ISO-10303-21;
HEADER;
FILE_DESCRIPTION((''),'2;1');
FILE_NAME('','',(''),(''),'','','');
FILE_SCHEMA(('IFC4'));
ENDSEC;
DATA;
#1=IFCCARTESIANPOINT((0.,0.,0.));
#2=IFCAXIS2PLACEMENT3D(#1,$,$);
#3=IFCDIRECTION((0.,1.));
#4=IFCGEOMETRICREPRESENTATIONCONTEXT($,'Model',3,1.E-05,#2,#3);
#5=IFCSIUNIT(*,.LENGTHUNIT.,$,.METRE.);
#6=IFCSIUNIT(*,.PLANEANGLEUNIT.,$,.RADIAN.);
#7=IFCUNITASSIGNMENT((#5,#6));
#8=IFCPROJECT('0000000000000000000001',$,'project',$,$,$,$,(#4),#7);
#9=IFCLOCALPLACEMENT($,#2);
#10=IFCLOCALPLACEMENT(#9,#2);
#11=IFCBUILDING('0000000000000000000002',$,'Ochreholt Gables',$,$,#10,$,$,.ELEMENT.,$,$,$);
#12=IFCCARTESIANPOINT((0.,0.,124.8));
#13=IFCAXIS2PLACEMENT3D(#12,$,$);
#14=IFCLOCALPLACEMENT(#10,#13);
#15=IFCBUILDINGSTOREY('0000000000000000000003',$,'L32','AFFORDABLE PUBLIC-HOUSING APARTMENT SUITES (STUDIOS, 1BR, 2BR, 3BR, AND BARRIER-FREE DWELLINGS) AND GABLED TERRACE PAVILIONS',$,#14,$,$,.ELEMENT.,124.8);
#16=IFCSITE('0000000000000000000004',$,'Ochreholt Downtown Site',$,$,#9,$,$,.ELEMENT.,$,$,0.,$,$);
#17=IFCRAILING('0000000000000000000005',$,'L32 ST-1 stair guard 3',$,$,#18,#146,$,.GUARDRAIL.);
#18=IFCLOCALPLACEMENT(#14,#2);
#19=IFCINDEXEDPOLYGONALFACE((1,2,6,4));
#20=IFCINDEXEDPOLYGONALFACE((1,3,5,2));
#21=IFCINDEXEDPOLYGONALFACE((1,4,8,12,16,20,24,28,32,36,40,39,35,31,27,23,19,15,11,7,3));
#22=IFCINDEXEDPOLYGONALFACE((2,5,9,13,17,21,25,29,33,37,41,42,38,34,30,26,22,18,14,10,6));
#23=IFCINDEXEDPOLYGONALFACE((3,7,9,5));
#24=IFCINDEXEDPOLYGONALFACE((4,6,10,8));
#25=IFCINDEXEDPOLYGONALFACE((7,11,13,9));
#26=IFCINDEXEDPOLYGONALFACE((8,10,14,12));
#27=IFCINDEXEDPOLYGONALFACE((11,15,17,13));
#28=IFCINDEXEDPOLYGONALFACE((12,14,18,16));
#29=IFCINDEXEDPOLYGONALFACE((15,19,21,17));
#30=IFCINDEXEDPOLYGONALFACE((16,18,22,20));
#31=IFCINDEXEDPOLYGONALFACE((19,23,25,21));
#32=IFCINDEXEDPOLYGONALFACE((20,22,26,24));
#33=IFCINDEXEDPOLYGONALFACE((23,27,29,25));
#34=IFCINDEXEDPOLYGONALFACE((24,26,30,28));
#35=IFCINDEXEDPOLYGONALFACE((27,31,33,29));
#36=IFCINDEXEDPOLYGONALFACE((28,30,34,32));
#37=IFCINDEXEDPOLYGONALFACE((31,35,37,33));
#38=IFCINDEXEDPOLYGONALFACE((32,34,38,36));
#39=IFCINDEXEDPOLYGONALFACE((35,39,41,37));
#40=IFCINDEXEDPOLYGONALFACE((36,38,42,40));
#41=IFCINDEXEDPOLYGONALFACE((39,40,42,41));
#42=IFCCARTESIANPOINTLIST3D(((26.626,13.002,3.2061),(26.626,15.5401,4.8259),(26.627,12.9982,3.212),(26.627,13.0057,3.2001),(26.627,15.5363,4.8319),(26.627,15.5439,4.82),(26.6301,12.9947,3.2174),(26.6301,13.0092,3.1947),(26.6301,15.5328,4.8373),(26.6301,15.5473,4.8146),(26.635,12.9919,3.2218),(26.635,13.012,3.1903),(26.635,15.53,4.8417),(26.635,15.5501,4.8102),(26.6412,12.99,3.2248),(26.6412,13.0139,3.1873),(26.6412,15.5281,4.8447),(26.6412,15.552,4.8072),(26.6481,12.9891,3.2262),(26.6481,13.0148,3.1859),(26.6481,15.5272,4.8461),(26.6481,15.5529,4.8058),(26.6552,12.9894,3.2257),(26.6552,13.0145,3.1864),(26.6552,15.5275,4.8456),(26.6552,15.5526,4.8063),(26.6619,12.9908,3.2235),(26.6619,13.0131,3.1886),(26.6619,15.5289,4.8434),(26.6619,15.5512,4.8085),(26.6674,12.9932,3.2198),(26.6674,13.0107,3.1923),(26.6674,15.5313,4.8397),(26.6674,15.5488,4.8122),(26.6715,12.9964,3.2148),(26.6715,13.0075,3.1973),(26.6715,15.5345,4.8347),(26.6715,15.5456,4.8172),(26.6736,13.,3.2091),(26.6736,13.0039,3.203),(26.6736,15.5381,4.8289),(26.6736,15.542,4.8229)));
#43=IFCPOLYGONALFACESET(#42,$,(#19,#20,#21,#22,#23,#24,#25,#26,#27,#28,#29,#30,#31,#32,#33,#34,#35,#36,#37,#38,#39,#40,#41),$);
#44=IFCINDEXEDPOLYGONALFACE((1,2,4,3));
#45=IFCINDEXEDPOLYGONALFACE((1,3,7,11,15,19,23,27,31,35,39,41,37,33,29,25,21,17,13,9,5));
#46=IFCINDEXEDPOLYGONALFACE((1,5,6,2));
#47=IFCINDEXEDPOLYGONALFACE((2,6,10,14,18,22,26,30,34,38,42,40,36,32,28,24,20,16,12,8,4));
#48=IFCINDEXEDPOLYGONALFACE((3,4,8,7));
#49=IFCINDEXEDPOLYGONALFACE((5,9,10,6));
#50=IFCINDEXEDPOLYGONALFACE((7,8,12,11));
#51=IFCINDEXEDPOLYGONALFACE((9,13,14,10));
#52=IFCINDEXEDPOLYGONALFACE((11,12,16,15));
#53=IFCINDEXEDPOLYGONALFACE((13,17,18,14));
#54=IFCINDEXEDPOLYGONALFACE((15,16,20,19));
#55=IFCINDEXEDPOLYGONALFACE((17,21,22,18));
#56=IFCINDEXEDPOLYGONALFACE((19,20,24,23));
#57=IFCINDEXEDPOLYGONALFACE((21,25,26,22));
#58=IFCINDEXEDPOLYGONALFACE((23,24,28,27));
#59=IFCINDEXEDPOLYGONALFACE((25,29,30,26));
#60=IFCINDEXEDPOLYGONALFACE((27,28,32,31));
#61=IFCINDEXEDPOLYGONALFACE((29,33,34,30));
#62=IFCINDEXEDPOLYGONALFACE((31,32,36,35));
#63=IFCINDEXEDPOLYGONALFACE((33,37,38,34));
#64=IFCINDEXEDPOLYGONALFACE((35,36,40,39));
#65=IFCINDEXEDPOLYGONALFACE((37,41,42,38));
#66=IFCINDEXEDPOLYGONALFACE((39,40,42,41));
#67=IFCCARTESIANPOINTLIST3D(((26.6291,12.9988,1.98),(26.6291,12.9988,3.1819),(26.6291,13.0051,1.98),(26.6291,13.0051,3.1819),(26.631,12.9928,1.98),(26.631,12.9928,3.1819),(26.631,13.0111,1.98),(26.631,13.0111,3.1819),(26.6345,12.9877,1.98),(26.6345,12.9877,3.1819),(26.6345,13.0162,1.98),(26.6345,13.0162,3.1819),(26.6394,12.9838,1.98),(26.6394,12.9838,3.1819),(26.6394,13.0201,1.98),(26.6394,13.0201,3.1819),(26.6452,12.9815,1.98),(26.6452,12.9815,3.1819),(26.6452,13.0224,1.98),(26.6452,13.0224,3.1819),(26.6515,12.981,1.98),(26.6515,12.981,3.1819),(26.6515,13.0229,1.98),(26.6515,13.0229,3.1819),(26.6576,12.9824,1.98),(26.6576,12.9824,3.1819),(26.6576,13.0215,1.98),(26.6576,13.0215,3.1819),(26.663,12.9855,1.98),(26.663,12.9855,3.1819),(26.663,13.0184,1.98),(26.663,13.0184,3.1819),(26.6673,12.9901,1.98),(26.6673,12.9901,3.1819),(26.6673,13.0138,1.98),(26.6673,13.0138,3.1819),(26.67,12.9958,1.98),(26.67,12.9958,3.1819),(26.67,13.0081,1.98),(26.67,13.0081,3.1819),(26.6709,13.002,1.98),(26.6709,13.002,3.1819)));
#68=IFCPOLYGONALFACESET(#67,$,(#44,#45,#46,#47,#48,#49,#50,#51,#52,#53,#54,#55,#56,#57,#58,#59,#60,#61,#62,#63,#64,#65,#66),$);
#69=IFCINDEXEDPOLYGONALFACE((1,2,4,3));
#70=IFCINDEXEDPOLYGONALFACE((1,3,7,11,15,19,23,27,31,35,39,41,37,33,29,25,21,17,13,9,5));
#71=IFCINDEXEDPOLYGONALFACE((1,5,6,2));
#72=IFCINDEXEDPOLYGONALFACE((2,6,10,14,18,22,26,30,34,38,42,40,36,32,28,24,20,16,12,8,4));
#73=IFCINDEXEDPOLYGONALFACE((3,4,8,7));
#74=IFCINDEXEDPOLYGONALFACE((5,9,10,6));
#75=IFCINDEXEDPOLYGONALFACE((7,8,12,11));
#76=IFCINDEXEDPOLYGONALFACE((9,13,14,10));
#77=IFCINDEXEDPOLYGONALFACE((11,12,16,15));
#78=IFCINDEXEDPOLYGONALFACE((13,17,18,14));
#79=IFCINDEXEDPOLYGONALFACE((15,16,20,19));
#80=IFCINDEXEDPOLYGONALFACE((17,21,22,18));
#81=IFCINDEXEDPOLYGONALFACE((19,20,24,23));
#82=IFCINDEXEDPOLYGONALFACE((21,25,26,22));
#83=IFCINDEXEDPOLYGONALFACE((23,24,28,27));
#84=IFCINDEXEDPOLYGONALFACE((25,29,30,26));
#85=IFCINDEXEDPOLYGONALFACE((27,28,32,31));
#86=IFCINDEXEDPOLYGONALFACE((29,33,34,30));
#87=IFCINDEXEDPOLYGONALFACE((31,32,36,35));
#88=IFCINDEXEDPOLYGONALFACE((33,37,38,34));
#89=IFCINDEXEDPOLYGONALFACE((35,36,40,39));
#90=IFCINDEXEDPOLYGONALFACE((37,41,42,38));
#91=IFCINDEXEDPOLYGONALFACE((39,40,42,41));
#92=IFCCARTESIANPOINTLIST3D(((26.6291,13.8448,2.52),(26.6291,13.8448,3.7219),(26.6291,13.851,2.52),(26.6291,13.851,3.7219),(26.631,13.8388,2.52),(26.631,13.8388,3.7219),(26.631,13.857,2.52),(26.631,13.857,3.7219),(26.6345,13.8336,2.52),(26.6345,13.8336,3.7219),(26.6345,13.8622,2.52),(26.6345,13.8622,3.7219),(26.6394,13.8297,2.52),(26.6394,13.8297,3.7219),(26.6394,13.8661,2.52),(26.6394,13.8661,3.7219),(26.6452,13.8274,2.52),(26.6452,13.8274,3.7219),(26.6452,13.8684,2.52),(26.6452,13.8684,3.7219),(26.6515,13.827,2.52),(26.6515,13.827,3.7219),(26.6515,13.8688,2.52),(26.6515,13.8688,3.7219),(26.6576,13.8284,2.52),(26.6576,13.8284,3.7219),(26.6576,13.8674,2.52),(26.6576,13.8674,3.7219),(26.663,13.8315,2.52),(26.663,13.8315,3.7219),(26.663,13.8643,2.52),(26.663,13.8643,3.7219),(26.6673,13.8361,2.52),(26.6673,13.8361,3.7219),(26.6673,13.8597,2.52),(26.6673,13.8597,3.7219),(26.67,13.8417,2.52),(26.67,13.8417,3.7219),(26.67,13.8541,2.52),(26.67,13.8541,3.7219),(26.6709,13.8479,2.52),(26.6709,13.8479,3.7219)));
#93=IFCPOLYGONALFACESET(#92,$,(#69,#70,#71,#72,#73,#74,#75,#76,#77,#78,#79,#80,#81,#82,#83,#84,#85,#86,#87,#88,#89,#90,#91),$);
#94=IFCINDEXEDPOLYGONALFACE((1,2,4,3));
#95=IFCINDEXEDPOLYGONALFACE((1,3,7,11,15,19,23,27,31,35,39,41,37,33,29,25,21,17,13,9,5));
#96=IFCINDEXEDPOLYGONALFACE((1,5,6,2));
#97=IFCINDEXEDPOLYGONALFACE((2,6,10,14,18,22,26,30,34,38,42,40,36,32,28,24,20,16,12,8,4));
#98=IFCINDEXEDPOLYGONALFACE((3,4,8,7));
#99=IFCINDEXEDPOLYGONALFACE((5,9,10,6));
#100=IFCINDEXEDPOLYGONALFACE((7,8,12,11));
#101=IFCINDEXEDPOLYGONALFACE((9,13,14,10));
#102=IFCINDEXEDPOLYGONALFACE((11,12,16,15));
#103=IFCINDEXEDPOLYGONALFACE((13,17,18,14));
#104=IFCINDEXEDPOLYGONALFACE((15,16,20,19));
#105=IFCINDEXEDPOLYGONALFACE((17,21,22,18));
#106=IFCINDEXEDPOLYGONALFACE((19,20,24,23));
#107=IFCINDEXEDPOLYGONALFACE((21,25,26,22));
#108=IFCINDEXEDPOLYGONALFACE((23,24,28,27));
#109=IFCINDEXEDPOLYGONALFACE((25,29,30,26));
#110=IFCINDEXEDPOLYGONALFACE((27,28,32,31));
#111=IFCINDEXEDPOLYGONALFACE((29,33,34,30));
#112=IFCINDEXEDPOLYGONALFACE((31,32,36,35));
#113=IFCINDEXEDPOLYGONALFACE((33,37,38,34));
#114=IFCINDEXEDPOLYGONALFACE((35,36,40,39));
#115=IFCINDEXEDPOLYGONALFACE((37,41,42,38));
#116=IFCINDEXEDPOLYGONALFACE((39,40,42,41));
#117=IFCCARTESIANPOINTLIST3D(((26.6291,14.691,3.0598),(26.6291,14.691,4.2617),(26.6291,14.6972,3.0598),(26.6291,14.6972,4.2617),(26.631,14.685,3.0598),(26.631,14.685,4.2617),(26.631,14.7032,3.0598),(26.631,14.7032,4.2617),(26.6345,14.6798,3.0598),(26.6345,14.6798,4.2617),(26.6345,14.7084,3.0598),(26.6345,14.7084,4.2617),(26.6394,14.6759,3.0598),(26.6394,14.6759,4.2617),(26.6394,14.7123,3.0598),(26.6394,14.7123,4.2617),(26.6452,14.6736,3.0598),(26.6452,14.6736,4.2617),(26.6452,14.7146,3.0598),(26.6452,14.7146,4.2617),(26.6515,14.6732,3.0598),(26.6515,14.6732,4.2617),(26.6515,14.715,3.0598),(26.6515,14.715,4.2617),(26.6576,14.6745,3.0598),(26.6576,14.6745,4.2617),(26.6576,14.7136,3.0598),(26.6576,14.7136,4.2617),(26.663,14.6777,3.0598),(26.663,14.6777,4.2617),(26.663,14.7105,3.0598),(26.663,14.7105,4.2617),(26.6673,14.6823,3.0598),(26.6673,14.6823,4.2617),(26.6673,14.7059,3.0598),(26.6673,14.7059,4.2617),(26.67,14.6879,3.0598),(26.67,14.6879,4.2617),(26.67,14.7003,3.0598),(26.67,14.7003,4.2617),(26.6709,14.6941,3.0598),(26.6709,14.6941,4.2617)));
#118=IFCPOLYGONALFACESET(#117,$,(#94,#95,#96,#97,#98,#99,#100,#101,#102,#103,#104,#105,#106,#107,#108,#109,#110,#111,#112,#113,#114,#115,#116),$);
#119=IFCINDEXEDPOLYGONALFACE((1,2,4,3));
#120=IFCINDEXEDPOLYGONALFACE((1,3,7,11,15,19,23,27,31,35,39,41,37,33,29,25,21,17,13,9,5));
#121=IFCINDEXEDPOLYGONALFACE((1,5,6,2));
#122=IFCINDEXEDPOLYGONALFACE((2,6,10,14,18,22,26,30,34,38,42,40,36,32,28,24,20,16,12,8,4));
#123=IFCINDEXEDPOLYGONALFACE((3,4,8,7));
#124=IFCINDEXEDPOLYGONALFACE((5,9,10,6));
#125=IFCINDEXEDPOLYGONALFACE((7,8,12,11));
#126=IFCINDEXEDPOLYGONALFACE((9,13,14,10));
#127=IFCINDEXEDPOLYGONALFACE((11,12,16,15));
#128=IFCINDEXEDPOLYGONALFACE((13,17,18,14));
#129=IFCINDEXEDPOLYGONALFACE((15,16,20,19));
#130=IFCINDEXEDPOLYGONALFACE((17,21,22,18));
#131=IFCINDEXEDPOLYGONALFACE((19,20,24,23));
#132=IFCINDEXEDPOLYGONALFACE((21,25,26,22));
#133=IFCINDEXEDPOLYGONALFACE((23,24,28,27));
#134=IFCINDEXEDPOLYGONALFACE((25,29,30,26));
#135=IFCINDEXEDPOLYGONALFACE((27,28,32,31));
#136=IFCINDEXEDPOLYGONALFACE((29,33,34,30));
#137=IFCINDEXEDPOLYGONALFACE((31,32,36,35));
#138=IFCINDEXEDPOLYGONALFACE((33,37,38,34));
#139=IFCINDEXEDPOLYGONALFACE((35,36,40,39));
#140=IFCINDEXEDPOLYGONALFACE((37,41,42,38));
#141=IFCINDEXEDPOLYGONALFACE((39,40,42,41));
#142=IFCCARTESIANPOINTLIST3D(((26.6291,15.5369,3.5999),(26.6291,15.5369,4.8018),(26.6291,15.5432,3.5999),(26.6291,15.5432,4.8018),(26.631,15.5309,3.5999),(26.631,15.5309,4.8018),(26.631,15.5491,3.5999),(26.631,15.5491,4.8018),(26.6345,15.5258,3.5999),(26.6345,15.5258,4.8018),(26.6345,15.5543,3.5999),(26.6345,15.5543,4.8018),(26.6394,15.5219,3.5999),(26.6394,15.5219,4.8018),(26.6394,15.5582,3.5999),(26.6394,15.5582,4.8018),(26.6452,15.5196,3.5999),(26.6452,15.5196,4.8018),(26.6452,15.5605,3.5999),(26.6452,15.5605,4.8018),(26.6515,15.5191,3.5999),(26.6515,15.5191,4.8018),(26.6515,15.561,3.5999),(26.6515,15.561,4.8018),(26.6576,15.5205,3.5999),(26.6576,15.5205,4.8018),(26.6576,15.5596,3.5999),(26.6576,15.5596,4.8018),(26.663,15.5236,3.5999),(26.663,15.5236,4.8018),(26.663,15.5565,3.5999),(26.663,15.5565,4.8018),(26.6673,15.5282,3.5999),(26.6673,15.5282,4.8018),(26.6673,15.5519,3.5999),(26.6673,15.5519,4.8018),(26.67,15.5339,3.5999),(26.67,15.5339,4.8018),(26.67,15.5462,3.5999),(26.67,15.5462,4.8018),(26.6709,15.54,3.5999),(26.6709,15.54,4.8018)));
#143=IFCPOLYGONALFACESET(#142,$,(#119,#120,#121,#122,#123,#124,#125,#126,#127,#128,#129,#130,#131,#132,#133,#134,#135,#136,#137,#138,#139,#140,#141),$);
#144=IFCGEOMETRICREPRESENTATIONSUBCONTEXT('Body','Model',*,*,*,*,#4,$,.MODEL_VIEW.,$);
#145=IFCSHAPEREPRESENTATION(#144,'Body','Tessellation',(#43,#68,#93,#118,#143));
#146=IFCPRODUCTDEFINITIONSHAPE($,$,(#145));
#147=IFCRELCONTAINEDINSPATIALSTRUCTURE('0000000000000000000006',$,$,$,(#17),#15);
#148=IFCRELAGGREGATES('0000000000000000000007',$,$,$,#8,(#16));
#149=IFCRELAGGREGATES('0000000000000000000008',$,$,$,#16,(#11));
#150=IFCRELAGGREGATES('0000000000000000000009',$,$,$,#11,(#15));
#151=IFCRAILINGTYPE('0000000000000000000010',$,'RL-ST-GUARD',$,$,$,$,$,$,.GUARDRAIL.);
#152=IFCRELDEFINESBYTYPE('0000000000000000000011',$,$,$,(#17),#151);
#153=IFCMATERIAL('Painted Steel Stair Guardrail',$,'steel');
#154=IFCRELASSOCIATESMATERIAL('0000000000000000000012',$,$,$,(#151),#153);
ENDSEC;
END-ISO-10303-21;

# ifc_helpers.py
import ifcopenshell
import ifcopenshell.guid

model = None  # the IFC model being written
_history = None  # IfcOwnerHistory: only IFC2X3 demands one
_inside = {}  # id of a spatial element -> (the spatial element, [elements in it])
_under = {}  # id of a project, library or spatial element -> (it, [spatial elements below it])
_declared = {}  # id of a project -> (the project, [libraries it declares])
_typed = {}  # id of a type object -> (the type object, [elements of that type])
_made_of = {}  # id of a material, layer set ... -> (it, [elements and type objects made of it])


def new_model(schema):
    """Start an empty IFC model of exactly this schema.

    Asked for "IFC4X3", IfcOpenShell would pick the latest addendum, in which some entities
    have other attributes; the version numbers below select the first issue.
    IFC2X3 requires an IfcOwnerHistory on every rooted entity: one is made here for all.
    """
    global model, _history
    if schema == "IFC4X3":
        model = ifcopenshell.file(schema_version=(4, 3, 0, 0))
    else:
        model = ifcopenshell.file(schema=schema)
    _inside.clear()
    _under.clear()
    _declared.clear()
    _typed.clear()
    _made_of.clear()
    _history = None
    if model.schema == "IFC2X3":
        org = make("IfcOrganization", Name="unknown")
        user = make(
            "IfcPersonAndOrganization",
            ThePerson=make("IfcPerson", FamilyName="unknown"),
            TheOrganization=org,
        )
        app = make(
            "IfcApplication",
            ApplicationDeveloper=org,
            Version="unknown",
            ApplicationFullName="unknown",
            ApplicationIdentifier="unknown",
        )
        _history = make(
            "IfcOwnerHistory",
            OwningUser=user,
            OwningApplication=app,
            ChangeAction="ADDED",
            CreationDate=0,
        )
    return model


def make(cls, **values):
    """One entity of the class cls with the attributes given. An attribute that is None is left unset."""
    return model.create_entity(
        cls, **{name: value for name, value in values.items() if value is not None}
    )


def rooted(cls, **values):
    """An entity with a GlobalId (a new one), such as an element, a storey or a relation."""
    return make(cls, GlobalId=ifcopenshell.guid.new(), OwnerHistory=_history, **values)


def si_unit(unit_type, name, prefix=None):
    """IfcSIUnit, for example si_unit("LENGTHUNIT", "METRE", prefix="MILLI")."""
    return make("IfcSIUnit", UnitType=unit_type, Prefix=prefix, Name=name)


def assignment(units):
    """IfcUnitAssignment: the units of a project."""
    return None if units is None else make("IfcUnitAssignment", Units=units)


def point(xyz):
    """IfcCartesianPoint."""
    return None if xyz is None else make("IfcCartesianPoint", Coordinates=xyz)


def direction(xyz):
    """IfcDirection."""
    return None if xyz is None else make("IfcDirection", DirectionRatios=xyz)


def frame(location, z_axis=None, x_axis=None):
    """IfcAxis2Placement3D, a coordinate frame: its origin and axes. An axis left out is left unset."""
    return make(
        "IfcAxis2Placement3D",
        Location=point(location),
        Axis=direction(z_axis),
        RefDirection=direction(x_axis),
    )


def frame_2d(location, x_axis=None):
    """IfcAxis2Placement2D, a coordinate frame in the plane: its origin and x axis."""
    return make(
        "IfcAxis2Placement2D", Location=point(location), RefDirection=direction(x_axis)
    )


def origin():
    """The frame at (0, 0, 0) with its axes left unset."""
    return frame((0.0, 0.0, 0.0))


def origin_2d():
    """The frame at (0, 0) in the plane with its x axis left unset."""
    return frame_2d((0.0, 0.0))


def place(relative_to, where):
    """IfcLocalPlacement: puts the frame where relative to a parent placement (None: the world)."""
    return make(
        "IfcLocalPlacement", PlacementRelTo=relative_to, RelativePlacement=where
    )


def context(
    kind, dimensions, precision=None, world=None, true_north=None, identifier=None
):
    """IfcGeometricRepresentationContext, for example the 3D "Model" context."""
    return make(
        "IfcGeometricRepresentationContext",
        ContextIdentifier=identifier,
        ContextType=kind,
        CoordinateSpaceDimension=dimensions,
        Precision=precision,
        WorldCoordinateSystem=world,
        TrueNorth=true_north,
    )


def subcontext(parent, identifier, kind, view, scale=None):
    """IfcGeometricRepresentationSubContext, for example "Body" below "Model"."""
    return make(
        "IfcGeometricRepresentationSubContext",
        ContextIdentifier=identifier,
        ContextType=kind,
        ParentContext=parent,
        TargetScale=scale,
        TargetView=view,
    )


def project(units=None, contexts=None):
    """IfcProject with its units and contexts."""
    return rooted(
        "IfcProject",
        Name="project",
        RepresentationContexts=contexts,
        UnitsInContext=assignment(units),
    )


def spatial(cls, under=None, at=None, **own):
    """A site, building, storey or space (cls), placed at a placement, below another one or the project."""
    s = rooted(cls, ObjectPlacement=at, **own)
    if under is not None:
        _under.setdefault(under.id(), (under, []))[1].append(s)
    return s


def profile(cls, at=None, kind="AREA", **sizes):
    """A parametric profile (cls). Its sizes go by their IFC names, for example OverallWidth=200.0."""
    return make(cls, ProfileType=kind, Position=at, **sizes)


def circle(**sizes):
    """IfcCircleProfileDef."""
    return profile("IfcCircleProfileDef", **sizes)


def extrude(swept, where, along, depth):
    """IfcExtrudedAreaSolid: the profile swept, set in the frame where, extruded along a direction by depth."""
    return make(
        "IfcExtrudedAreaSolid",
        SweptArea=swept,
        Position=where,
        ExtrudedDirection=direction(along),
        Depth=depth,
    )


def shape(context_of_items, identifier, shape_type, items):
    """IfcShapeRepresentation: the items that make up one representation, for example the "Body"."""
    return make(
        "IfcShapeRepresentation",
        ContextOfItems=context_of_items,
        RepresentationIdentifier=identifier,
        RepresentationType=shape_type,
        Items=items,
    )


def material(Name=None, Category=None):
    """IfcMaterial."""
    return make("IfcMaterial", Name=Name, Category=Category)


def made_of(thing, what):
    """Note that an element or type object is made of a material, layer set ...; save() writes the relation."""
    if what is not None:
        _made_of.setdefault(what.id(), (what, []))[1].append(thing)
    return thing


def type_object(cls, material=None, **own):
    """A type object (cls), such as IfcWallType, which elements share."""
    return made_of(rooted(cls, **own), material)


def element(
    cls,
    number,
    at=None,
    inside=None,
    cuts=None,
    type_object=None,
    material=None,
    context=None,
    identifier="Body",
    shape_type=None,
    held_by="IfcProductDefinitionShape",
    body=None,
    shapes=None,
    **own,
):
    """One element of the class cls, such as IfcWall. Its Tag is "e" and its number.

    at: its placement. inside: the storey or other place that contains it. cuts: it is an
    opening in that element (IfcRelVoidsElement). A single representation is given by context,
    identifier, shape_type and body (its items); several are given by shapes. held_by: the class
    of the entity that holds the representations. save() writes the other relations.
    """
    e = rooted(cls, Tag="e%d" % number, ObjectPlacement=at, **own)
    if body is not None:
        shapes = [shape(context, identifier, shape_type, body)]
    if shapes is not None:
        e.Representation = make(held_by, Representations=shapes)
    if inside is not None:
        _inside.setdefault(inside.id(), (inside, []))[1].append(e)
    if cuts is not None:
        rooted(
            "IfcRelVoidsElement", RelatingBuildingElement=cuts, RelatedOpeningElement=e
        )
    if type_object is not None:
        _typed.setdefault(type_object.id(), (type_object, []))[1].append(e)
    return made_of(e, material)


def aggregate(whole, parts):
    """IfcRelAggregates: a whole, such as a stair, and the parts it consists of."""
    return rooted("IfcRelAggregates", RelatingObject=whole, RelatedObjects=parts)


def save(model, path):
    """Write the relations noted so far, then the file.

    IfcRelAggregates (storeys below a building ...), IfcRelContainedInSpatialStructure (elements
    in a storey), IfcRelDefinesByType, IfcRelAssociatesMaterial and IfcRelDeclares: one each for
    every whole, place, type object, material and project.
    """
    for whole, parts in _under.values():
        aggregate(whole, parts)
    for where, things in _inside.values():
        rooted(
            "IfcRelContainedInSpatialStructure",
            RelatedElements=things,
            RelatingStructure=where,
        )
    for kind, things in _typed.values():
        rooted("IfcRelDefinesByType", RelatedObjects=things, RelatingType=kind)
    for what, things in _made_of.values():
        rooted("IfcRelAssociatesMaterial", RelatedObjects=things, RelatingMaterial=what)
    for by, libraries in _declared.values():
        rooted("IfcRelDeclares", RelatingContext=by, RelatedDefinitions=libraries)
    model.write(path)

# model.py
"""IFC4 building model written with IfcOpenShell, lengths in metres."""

from ifc_helpers import new_model, si_unit, direction, frame, origin, origin_2d, place, context, subcontext, project, spatial, circle, extrude, material, type_object, element, save


model = new_model("IFC4")

# Units and contexts
model_context = context("Model", 3, precision=1e-05, world=origin(), true_north=direction((0.0, 1.0)))
body_context = subcontext(model_context, "Body", "Model", "MODEL_VIEW")
ifc_project = project(units=[si_unit("LENGTHUNIT", "METRE"), si_unit("PLANEANGLEUNIT", "RADIAN")], contexts=[model_context])

# Site, building, storey
site_placement = place(None, origin())
site = spatial("IfcSite", under=ifc_project, at=site_placement, Name="Ochreholt Downtown Site", CompositionType="ELEMENT", RefElevation=0.0)
building_placement = place(site_placement, origin())
building = spatial("IfcBuilding", under=site, at=building_placement, Name="Ochreholt Gables", CompositionType="ELEMENT")
storey_placement = place(building_placement, frame((0.0, 0.0, 124.8)))
storey = spatial("IfcBuildingStorey", under=building, at=storey_placement, Name="L32", Description="AFFORDABLE PUBLIC-HOUSING APARTMENT SUITES (STUDIOS, 1BR, 2BR, 3BR, AND BARRIER-FREE DWELLINGS) AND GABLED TERRACE PAVILIONS", CompositionType="ELEMENT", Elevation=124.8)

# Railing
ifc_material_1 = material(Name="Painted Steel Stair Guardrail", Category="steel")
railing_type_1 = type_object("IfcRailingType", Name="RL-ST-GUARD", PredefinedType="GUARDRAIL", material=ifc_material_1)
railing_1_placement = place(storey_placement, frame((26.6499, 13.002, 1.98)))
element("IfcRailing", 1, at=railing_1_placement, inside=storey, type_object=railing_type_1, Name="L32 ST-1 stair guard 3", PredefinedType="GUARDRAIL", context=body_context, shape_type="SweptSolid", body=[
    extrude(circle(Radius=0.0239, at=origin_2d()), frame((0.0, 0.0, 1.2261), z_axis=(0.0, 0.84295, 0.537993), x_axis=(-1.0, 0.0, 0.0)), (0.0, 0.0, 1.0), 3.011),
    extrude(circle(Radius=0.021, at=origin_2d()), origin(), (0.0, 0.0, 1.0), 1.2019),
    extrude(circle(Radius=0.021, at=origin_2d()), frame((0.0, 0.8459, 0.54)), (0.0, 0.0, 1.0), 1.2019),
    extrude(circle(Radius=0.021, at=origin_2d()), frame((0.0, 1.6921, 1.0798)), (0.0, 0.0, 1.0), 1.2019),
    extrude(circle(Radius=0.021, at=origin_2d()), frame((0.0, 2.5381, 1.6199)), (0.0, 0.0, 1.0), 1.2019),
])

save(model, "model.ifc")
